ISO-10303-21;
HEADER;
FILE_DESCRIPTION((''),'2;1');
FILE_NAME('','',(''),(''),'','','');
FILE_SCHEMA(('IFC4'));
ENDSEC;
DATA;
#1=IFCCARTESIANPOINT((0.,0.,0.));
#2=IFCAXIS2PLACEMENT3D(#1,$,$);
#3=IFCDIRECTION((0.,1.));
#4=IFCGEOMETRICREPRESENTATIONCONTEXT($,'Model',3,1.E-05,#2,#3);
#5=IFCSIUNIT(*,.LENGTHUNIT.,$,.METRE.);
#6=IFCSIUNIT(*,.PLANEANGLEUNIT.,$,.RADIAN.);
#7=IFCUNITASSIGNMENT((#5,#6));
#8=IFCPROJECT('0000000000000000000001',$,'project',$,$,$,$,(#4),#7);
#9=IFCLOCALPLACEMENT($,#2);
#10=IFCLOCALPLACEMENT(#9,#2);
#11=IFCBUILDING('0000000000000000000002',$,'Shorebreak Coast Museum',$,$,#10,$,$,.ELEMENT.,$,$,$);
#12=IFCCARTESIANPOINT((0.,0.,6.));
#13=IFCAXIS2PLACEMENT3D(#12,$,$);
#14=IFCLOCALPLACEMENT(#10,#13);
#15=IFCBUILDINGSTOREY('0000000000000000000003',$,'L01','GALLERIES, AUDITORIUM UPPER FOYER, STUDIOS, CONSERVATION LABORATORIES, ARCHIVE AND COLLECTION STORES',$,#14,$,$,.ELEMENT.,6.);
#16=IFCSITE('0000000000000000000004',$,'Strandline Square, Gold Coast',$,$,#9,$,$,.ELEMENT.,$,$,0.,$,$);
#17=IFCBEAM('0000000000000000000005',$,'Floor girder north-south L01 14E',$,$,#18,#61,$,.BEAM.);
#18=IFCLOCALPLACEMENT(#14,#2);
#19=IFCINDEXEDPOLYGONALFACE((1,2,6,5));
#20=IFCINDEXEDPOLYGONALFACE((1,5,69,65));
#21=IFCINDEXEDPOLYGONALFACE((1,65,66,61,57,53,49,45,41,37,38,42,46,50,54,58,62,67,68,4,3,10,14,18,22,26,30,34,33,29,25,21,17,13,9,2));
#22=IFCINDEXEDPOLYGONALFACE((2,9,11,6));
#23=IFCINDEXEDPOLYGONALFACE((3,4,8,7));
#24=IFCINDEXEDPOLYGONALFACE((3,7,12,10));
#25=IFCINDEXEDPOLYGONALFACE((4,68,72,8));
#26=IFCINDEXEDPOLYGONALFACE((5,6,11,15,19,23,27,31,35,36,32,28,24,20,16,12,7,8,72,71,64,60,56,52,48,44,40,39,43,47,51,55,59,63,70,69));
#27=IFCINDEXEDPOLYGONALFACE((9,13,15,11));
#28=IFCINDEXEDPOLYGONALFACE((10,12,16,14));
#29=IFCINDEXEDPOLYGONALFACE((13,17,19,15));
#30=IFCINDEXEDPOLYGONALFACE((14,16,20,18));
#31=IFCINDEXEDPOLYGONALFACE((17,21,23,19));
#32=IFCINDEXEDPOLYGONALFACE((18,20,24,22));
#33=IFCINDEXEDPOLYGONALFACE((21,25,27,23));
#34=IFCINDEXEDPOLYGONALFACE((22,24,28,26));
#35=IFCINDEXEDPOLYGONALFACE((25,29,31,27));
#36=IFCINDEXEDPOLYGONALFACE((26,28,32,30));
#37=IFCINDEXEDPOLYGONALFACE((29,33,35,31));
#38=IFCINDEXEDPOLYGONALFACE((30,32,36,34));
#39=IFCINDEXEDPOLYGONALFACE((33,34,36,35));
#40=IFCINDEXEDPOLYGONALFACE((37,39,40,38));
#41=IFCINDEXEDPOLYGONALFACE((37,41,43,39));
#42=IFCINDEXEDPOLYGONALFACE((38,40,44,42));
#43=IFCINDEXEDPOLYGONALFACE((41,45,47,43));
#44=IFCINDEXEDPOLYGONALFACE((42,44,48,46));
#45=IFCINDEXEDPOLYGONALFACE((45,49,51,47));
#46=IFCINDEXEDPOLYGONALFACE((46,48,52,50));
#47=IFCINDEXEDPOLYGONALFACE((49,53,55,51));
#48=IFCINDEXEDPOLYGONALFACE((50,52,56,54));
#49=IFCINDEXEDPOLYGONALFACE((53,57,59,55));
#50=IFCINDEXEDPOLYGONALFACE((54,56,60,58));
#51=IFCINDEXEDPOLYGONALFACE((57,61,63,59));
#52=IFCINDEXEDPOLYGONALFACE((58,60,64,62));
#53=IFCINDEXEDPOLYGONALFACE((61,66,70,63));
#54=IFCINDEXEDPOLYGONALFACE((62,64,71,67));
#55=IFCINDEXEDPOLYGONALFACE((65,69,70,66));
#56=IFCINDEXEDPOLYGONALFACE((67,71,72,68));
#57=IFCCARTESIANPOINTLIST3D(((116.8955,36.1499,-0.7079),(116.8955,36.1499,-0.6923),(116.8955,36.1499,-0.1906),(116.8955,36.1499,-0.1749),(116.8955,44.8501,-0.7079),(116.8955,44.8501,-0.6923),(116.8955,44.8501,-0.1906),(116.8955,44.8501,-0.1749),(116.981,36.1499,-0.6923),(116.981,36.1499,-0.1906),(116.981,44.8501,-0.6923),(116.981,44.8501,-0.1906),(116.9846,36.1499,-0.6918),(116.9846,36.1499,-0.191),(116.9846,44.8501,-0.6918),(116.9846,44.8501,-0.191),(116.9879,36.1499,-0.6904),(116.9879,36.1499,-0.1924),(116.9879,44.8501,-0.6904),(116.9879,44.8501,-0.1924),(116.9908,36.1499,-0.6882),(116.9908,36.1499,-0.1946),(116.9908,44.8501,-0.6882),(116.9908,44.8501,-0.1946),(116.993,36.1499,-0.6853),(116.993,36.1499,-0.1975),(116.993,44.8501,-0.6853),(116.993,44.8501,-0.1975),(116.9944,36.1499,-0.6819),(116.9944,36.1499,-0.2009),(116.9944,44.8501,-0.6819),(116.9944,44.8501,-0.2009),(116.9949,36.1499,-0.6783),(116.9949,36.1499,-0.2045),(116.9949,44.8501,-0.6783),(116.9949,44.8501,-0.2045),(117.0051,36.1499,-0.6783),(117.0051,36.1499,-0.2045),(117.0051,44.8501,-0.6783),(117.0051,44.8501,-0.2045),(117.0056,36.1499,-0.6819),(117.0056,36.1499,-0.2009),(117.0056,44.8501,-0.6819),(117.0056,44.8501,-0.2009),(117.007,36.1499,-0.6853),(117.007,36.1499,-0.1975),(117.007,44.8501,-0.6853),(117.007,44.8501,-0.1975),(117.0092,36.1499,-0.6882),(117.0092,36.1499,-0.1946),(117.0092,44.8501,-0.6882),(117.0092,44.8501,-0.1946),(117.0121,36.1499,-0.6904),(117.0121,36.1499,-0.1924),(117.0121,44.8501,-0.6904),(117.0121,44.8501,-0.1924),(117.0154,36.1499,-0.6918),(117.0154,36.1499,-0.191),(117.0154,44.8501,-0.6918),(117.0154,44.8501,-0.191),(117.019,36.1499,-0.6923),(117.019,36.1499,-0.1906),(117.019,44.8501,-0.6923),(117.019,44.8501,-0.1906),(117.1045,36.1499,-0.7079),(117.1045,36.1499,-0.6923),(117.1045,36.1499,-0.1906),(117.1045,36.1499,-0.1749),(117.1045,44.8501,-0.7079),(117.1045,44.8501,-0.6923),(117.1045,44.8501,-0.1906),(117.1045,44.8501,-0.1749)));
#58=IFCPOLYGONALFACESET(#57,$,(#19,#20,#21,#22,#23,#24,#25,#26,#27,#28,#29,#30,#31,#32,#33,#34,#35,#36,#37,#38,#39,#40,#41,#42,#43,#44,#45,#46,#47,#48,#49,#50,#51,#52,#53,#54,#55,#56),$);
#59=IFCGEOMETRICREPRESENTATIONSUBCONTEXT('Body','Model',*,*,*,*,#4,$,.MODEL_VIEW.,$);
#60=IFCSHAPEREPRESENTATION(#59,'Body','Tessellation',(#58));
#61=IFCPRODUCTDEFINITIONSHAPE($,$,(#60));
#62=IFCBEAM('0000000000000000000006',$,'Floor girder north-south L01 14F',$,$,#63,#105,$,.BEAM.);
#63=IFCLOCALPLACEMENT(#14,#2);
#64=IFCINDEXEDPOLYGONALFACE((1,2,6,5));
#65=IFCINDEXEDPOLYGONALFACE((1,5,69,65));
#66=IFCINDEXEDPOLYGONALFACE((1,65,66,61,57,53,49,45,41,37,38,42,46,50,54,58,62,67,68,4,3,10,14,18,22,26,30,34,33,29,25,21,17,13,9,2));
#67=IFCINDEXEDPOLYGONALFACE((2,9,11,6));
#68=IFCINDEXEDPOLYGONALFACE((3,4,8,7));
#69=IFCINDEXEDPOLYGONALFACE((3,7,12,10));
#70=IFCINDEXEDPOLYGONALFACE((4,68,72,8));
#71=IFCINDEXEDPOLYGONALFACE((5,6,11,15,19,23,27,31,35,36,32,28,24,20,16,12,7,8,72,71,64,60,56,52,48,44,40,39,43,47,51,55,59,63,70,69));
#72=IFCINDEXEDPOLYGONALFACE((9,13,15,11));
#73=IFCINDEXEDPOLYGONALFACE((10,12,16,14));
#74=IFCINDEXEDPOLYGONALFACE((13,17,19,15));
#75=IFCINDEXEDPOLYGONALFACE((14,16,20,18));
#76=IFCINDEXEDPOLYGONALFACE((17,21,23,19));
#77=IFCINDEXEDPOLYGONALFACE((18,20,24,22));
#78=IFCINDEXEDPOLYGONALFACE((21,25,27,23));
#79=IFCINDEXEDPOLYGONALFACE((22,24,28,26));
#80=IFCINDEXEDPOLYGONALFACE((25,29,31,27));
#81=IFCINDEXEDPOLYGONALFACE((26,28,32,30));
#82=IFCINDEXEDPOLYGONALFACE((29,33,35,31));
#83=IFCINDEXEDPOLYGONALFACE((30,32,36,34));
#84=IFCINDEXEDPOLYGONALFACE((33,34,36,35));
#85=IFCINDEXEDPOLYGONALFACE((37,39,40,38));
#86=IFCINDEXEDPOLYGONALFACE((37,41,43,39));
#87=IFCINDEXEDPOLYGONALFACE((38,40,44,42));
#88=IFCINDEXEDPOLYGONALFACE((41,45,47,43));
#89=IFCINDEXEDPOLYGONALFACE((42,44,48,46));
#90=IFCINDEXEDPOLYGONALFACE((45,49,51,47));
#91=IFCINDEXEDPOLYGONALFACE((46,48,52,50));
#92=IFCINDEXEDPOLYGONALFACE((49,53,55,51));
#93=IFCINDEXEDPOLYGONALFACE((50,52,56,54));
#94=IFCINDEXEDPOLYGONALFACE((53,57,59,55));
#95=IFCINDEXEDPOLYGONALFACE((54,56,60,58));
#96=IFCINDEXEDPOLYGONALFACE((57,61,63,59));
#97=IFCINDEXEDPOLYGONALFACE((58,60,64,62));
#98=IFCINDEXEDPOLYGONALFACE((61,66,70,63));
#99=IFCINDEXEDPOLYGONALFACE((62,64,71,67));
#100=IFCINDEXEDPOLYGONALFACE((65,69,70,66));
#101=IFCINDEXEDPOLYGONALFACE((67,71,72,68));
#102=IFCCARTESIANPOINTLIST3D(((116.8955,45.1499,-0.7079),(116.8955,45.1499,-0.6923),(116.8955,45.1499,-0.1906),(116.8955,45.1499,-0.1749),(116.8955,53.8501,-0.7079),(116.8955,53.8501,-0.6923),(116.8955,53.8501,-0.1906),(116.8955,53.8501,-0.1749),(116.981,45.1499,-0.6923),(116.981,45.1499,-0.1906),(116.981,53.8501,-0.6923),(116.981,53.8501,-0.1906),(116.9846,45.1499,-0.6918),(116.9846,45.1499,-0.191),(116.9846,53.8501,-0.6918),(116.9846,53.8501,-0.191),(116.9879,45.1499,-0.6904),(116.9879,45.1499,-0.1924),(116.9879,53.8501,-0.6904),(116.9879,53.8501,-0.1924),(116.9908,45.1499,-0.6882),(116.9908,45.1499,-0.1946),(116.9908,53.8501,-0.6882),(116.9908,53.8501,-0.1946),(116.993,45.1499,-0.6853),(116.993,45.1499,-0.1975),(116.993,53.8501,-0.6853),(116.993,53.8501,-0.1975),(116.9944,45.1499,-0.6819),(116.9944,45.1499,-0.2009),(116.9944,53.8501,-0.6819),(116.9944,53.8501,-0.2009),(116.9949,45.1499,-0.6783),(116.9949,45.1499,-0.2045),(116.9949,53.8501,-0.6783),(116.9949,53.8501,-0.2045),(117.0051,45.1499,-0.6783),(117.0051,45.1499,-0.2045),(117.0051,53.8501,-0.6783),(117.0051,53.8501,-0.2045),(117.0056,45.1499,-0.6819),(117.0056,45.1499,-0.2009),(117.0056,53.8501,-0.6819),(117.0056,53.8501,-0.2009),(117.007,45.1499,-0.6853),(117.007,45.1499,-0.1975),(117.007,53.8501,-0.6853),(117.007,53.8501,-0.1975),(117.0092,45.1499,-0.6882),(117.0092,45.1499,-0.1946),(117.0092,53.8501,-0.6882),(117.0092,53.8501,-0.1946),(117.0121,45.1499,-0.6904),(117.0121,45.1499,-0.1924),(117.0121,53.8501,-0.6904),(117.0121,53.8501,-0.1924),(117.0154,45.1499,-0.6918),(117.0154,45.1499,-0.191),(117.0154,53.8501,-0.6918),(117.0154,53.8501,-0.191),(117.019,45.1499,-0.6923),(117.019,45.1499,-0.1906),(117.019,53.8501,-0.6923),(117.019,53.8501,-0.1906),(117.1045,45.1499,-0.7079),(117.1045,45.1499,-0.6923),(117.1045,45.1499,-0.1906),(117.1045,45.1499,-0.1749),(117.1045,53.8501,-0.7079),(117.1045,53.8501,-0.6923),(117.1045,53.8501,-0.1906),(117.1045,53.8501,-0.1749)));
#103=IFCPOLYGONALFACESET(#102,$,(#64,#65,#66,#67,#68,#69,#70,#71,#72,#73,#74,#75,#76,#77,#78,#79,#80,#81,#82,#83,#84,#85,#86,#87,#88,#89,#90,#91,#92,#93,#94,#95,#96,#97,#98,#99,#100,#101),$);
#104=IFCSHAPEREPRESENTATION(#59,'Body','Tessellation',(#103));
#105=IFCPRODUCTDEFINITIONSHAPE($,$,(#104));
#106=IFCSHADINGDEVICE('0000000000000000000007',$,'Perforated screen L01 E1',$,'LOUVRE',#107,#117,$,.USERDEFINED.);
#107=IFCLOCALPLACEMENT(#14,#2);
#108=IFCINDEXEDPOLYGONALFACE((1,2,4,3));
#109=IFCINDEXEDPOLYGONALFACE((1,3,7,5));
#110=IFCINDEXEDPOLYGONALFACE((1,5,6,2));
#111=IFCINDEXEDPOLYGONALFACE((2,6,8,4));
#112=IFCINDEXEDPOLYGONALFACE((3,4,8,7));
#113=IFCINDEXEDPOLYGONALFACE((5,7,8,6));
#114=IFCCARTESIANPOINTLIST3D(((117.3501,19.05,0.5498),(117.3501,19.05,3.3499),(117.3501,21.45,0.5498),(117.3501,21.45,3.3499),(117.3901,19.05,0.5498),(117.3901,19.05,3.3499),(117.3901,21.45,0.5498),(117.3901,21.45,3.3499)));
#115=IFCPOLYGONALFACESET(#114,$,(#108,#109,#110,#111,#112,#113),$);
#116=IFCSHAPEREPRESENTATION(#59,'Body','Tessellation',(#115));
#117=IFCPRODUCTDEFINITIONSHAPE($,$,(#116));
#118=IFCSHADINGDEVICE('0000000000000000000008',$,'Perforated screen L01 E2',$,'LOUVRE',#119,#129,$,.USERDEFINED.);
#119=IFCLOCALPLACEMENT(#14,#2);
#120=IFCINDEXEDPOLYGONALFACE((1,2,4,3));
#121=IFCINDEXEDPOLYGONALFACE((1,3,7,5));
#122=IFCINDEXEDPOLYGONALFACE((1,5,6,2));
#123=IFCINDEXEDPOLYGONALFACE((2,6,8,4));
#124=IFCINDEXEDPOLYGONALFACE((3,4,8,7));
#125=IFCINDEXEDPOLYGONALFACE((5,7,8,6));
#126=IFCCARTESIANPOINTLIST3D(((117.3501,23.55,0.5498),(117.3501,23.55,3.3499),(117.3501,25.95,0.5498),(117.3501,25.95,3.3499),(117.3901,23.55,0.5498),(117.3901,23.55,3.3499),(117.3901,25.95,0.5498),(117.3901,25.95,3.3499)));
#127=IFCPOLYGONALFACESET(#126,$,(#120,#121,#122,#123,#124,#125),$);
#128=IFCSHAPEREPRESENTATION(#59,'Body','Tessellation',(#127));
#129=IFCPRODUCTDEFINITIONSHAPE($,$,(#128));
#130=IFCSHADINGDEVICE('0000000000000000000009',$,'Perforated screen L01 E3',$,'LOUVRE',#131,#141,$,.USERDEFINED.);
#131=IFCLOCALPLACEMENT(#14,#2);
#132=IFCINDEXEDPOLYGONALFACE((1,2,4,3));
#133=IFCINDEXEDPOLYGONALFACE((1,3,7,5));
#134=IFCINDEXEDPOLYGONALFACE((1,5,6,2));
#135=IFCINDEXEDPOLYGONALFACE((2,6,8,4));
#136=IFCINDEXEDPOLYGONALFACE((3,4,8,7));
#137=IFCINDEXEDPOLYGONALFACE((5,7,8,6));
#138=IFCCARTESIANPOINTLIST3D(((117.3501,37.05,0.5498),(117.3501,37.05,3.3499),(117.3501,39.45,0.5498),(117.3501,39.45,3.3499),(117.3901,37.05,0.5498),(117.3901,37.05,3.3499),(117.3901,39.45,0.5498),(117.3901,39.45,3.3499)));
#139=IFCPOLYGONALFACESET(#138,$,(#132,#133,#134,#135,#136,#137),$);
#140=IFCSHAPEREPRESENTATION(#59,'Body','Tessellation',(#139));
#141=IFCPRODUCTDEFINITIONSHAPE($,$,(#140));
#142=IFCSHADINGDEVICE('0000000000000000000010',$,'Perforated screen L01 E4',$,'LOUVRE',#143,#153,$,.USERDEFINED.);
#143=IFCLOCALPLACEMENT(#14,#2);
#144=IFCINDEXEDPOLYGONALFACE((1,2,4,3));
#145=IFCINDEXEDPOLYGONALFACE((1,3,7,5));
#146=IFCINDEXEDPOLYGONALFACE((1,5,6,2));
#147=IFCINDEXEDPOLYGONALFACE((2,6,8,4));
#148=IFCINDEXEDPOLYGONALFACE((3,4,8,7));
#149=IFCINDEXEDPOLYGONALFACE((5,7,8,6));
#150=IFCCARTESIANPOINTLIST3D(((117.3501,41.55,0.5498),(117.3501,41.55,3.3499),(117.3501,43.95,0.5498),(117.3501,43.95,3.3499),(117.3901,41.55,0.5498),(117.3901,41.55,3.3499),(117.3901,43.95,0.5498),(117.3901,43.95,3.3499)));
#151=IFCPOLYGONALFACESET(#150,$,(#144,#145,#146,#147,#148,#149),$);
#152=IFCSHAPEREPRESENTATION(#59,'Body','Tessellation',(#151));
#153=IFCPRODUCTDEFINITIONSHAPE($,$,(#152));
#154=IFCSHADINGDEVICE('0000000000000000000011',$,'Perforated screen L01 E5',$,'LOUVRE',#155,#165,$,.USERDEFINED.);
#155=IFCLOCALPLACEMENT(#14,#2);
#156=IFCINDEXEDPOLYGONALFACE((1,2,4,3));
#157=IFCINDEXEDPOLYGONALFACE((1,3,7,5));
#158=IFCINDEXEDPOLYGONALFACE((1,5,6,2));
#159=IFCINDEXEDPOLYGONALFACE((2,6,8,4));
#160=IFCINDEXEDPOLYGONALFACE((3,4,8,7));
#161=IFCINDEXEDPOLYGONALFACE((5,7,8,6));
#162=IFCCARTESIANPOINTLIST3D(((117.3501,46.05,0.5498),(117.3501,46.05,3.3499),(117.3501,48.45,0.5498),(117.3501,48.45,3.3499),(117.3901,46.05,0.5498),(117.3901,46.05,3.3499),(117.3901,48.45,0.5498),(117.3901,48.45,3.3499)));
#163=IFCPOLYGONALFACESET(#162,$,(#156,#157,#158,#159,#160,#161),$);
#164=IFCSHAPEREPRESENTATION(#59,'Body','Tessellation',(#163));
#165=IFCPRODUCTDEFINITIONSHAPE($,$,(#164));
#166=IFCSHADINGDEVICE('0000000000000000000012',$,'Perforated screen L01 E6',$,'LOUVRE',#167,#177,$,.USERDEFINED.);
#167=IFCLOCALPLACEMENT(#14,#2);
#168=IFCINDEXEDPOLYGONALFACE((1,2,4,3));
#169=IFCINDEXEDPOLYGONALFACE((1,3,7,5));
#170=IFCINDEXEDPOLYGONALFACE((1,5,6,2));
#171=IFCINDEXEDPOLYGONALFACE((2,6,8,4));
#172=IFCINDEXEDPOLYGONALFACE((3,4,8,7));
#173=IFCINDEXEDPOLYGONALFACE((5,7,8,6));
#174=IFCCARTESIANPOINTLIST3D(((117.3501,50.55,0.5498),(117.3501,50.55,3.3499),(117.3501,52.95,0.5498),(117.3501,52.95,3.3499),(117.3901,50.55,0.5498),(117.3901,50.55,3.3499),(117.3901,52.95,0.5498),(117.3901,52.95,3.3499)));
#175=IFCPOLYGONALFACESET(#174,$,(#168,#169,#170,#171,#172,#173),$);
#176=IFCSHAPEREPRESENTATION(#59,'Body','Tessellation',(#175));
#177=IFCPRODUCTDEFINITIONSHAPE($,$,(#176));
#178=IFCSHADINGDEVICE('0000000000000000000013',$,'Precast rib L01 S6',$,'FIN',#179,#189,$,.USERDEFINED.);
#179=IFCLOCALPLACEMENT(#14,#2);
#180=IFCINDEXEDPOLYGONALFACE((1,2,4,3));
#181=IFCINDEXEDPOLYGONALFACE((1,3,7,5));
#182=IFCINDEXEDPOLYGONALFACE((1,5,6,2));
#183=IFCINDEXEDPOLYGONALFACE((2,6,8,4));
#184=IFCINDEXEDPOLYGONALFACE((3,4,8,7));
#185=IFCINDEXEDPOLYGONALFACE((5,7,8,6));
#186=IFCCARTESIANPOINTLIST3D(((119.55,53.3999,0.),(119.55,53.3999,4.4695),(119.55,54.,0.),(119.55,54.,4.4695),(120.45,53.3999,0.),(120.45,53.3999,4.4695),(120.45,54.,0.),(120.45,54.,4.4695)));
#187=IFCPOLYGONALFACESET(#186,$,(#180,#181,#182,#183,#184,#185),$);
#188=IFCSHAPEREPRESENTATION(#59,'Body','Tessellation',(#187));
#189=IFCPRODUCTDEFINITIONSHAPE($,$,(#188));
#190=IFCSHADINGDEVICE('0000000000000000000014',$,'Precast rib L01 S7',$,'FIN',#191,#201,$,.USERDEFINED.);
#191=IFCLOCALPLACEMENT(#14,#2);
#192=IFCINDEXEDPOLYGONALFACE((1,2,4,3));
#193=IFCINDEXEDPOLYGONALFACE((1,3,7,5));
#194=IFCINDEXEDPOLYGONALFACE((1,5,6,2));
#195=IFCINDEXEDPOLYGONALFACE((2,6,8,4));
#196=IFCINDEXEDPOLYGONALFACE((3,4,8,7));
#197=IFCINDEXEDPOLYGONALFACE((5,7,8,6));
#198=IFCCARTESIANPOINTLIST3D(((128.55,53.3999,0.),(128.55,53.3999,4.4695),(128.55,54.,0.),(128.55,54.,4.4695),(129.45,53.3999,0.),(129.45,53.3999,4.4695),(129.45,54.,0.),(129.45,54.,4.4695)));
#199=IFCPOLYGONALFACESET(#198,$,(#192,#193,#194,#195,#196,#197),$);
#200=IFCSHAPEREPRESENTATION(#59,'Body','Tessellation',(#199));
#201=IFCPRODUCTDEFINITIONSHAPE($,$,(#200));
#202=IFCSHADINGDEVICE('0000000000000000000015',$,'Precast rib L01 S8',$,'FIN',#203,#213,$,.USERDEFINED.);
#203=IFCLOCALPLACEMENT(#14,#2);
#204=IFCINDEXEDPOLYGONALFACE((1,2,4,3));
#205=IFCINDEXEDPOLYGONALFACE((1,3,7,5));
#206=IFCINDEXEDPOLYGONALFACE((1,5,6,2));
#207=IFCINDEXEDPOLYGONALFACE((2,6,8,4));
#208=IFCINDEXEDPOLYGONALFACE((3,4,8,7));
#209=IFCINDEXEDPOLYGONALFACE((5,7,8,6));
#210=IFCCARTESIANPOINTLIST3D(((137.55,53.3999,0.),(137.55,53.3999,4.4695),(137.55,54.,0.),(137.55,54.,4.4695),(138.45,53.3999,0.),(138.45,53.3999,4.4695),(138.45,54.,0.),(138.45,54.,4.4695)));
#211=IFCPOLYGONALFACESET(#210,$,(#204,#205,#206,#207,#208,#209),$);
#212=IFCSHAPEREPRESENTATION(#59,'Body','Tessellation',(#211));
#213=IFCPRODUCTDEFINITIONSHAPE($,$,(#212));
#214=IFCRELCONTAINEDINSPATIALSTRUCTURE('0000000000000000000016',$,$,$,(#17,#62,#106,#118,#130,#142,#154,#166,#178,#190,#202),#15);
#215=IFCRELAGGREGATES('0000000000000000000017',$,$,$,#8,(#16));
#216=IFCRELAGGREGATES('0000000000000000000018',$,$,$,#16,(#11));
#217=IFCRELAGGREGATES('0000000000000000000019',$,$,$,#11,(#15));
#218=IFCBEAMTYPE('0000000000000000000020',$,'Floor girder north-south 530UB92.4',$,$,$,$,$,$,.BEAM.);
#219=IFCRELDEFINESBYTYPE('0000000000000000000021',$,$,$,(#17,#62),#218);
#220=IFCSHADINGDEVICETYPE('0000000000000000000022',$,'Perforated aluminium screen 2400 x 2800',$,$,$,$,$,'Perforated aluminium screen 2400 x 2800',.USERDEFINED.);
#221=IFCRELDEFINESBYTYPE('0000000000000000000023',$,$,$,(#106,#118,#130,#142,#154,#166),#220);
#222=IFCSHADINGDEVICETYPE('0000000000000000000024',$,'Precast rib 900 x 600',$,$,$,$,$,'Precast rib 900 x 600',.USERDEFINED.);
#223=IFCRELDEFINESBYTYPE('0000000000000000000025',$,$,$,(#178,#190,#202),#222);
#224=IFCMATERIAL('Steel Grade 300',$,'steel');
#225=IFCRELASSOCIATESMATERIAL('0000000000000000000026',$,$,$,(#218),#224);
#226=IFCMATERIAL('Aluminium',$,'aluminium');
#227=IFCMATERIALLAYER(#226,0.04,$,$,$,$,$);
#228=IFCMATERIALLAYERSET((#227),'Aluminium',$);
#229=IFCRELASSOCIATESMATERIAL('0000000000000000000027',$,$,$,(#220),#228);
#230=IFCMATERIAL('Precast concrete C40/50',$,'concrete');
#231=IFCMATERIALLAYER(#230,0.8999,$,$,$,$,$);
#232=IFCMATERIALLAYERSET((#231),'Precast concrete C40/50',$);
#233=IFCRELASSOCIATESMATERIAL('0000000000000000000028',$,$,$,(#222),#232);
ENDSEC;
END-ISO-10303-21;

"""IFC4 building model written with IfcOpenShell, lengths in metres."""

from ifc_helpers import new_model, si_unit, direction, frame, origin, origin_2d, place, context, subcontext, project, spatial, rectangle, i_section, extrude, material, layer, layer_set, material_profile, profile_set, type_object, element, save


model = new_model("IFC4")

# Units and contexts
model_context = context("Model", 3, precision=1e-05, world=origin(), true_north=direction((0.0, 1.0)))
body_context = subcontext(model_context, "Body", "Model", "MODEL_VIEW")
ifc_project = project(units=[si_unit("LENGTHUNIT", "METRE"), si_unit("PLANEANGLEUNIT", "RADIAN")], contexts=[model_context])

# Site, building, storey
site_placement = place(None, origin())
site = spatial("IfcSite", under=ifc_project, at=site_placement, Name="Strandline Square, Gold Coast", CompositionType="ELEMENT", RefElevation=0.0)
building_placement = place(site_placement, origin())
building = spatial("IfcBuilding", under=site, at=building_placement, Name="Shorebreak Coast Museum", CompositionType="ELEMENT")
storey_placement = place(building_placement, frame((0.0, 0.0, 6.0)))
storey = spatial("IfcBuildingStorey", under=building, at=storey_placement, Name="L01", Description="GALLERIES, AUDITORIUM UPPER FOYER, STUDIOS, CONSERVATION LABORATORIES, ARCHIVE AND COLLECTION STORES", CompositionType="ELEMENT", Elevation=6.0)

# Beams
ifc_material_1 = material(Name="Steel Grade 300", Category="steel")
ifc_material_profile_1 = material_profile(ifc_material_1, i_section(OverallWidth=0.209, OverallDepth=0.533, WebThickness=0.0103, FlangeThickness=0.0156, FilletRadius=0.0139, at=origin_2d()), Name="530UB92.4")
ifc_profile_set_1 = profile_set([ifc_material_profile_1], Name="Steel Grade 300")
beam_type = type_object("IfcBeamType", Name="Floor girder north-south 530UB92.4", PredefinedType="BEAM", material=ifc_profile_set_1)
for number, where, z_axis, x_axis, name in (
    (1, (117.0, 36.1499, -0.4414), (0.0, 1.0, 0.0), (-1.0, 0.0, 0.0), "Floor girder north-south L01 14E"),
    (2, (117.0, 45.1499, -0.4414), (0.0, 1.0, 0.0), (-1.0, 0.0, 0.0), "Floor girder north-south L01 14F"),
):
    element("IfcBeam", number, at=place(storey_placement, frame(where, z_axis=z_axis, x_axis=x_axis)), inside=storey, type_object=beam_type, Name=name, PredefinedType="BEAM", context=body_context, shape_type="SweptSolid", body=[
        extrude(i_section(OverallWidth=0.209, OverallDepth=0.533, WebThickness=0.0103, FlangeThickness=0.0156, FilletRadius=0.0139, at=origin_2d()), origin(), (0.0, 0.0, 1.0), 8.7002),
    ])

# Shading devices
ifc_material_2 = material(Name="Aluminium", Category="aluminium")
ifc_layer_1 = layer(ifc_material_2, 0.04)
ifc_layer_set_1 = layer_set([ifc_layer_1], Name="Aluminium")
shading_device_type_1 = type_object("IfcShadingDeviceType", Name="Perforated aluminium screen 2400 x 2800", ElementType="Perforated aluminium screen 2400 x 2800", PredefinedType="USERDEFINED", material=ifc_layer_set_1)
for number, where, z_axis, x_axis, name in (
    (3, (117.3701, 20.25, 0.5498), (0.0, 0.0, 1.0), (1.0, 0.0, 0.0), "Perforated screen L01 E1"),
    (4, (117.3701, 24.75, 0.5498), (0.0, 0.0, 1.0), (1.0, 0.0, 0.0), "Perforated screen L01 E2"),
    (5, (117.3701, 38.25, 0.5498), (0.0, 0.0, 1.0), (1.0, 0.0, 0.0), "Perforated screen L01 E3"),
    (6, (117.3701, 42.75, 0.5498), (0.0, 0.0, 1.0), (1.0, 0.0, 0.0), "Perforated screen L01 E4"),
    (7, (117.3701, 47.25, 0.5498), (0.0, 0.0, 1.0), (1.0, 0.0, 0.0), "Perforated screen L01 E5"),
    (8, (117.3701, 51.75, 0.5498), (0.0, 0.0, 1.0), (1.0, 0.0, 0.0), "Perforated screen L01 E6"),
):
    element("IfcShadingDevice", number, at=place(storey_placement, frame(where, z_axis=z_axis, x_axis=x_axis)), inside=storey, type_object=shading_device_type_1, Name=name, ObjectType="LOUVRE", PredefinedType="USERDEFINED", context=body_context, shape_type="SweptSolid", body=[
        extrude(rectangle(XDim=0.04, YDim=2.3999, at=origin_2d()), origin(), (0.0, 0.0, 1.0), 2.8),
    ])
ifc_material_3 = material(Name="Precast concrete C40/50", Category="concrete")
ifc_layer_2 = layer(ifc_material_3, 0.8999)
ifc_layer_set_2 = layer_set([ifc_layer_2], Name="Precast concrete C40/50")
shading_device_type_2 = type_object("IfcShadingDeviceType", Name="Precast rib 900 x 600", ElementType="Precast rib 900 x 600", PredefinedType="USERDEFINED", material=ifc_layer_set_2)
for number, where, z_axis, x_axis, name in (
    (9, (120.0, 53.7, 0.0), (0.0, 0.0, 1.0), (1.0, 0.0, 0.0), "Precast rib L01 S6"),
    (10, (129.0, 53.7, 0.0), (0.0, 0.0, 1.0), (1.0, 0.0, 0.0), "Precast rib L01 S7"),
    (11, (138.0, 53.7, 0.0), (0.0, 0.0, 1.0), (1.0, 0.0, 0.0), "Precast rib L01 S8"),
):
    element("IfcShadingDevice", number, at=place(storey_placement, frame(where, z_axis=z_axis, x_axis=x_axis)), inside=storey, type_object=shading_device_type_2, Name=name, ObjectType="FIN", PredefinedType="USERDEFINED", context=body_context, shape_type="SweptSolid", body=[
        extrude(rectangle(XDim=0.8999, YDim=0.6001, at=origin_2d()), origin(), (0.0, 0.0, 1.0), 4.4695),
    ])

save(model, "model.ifc")
